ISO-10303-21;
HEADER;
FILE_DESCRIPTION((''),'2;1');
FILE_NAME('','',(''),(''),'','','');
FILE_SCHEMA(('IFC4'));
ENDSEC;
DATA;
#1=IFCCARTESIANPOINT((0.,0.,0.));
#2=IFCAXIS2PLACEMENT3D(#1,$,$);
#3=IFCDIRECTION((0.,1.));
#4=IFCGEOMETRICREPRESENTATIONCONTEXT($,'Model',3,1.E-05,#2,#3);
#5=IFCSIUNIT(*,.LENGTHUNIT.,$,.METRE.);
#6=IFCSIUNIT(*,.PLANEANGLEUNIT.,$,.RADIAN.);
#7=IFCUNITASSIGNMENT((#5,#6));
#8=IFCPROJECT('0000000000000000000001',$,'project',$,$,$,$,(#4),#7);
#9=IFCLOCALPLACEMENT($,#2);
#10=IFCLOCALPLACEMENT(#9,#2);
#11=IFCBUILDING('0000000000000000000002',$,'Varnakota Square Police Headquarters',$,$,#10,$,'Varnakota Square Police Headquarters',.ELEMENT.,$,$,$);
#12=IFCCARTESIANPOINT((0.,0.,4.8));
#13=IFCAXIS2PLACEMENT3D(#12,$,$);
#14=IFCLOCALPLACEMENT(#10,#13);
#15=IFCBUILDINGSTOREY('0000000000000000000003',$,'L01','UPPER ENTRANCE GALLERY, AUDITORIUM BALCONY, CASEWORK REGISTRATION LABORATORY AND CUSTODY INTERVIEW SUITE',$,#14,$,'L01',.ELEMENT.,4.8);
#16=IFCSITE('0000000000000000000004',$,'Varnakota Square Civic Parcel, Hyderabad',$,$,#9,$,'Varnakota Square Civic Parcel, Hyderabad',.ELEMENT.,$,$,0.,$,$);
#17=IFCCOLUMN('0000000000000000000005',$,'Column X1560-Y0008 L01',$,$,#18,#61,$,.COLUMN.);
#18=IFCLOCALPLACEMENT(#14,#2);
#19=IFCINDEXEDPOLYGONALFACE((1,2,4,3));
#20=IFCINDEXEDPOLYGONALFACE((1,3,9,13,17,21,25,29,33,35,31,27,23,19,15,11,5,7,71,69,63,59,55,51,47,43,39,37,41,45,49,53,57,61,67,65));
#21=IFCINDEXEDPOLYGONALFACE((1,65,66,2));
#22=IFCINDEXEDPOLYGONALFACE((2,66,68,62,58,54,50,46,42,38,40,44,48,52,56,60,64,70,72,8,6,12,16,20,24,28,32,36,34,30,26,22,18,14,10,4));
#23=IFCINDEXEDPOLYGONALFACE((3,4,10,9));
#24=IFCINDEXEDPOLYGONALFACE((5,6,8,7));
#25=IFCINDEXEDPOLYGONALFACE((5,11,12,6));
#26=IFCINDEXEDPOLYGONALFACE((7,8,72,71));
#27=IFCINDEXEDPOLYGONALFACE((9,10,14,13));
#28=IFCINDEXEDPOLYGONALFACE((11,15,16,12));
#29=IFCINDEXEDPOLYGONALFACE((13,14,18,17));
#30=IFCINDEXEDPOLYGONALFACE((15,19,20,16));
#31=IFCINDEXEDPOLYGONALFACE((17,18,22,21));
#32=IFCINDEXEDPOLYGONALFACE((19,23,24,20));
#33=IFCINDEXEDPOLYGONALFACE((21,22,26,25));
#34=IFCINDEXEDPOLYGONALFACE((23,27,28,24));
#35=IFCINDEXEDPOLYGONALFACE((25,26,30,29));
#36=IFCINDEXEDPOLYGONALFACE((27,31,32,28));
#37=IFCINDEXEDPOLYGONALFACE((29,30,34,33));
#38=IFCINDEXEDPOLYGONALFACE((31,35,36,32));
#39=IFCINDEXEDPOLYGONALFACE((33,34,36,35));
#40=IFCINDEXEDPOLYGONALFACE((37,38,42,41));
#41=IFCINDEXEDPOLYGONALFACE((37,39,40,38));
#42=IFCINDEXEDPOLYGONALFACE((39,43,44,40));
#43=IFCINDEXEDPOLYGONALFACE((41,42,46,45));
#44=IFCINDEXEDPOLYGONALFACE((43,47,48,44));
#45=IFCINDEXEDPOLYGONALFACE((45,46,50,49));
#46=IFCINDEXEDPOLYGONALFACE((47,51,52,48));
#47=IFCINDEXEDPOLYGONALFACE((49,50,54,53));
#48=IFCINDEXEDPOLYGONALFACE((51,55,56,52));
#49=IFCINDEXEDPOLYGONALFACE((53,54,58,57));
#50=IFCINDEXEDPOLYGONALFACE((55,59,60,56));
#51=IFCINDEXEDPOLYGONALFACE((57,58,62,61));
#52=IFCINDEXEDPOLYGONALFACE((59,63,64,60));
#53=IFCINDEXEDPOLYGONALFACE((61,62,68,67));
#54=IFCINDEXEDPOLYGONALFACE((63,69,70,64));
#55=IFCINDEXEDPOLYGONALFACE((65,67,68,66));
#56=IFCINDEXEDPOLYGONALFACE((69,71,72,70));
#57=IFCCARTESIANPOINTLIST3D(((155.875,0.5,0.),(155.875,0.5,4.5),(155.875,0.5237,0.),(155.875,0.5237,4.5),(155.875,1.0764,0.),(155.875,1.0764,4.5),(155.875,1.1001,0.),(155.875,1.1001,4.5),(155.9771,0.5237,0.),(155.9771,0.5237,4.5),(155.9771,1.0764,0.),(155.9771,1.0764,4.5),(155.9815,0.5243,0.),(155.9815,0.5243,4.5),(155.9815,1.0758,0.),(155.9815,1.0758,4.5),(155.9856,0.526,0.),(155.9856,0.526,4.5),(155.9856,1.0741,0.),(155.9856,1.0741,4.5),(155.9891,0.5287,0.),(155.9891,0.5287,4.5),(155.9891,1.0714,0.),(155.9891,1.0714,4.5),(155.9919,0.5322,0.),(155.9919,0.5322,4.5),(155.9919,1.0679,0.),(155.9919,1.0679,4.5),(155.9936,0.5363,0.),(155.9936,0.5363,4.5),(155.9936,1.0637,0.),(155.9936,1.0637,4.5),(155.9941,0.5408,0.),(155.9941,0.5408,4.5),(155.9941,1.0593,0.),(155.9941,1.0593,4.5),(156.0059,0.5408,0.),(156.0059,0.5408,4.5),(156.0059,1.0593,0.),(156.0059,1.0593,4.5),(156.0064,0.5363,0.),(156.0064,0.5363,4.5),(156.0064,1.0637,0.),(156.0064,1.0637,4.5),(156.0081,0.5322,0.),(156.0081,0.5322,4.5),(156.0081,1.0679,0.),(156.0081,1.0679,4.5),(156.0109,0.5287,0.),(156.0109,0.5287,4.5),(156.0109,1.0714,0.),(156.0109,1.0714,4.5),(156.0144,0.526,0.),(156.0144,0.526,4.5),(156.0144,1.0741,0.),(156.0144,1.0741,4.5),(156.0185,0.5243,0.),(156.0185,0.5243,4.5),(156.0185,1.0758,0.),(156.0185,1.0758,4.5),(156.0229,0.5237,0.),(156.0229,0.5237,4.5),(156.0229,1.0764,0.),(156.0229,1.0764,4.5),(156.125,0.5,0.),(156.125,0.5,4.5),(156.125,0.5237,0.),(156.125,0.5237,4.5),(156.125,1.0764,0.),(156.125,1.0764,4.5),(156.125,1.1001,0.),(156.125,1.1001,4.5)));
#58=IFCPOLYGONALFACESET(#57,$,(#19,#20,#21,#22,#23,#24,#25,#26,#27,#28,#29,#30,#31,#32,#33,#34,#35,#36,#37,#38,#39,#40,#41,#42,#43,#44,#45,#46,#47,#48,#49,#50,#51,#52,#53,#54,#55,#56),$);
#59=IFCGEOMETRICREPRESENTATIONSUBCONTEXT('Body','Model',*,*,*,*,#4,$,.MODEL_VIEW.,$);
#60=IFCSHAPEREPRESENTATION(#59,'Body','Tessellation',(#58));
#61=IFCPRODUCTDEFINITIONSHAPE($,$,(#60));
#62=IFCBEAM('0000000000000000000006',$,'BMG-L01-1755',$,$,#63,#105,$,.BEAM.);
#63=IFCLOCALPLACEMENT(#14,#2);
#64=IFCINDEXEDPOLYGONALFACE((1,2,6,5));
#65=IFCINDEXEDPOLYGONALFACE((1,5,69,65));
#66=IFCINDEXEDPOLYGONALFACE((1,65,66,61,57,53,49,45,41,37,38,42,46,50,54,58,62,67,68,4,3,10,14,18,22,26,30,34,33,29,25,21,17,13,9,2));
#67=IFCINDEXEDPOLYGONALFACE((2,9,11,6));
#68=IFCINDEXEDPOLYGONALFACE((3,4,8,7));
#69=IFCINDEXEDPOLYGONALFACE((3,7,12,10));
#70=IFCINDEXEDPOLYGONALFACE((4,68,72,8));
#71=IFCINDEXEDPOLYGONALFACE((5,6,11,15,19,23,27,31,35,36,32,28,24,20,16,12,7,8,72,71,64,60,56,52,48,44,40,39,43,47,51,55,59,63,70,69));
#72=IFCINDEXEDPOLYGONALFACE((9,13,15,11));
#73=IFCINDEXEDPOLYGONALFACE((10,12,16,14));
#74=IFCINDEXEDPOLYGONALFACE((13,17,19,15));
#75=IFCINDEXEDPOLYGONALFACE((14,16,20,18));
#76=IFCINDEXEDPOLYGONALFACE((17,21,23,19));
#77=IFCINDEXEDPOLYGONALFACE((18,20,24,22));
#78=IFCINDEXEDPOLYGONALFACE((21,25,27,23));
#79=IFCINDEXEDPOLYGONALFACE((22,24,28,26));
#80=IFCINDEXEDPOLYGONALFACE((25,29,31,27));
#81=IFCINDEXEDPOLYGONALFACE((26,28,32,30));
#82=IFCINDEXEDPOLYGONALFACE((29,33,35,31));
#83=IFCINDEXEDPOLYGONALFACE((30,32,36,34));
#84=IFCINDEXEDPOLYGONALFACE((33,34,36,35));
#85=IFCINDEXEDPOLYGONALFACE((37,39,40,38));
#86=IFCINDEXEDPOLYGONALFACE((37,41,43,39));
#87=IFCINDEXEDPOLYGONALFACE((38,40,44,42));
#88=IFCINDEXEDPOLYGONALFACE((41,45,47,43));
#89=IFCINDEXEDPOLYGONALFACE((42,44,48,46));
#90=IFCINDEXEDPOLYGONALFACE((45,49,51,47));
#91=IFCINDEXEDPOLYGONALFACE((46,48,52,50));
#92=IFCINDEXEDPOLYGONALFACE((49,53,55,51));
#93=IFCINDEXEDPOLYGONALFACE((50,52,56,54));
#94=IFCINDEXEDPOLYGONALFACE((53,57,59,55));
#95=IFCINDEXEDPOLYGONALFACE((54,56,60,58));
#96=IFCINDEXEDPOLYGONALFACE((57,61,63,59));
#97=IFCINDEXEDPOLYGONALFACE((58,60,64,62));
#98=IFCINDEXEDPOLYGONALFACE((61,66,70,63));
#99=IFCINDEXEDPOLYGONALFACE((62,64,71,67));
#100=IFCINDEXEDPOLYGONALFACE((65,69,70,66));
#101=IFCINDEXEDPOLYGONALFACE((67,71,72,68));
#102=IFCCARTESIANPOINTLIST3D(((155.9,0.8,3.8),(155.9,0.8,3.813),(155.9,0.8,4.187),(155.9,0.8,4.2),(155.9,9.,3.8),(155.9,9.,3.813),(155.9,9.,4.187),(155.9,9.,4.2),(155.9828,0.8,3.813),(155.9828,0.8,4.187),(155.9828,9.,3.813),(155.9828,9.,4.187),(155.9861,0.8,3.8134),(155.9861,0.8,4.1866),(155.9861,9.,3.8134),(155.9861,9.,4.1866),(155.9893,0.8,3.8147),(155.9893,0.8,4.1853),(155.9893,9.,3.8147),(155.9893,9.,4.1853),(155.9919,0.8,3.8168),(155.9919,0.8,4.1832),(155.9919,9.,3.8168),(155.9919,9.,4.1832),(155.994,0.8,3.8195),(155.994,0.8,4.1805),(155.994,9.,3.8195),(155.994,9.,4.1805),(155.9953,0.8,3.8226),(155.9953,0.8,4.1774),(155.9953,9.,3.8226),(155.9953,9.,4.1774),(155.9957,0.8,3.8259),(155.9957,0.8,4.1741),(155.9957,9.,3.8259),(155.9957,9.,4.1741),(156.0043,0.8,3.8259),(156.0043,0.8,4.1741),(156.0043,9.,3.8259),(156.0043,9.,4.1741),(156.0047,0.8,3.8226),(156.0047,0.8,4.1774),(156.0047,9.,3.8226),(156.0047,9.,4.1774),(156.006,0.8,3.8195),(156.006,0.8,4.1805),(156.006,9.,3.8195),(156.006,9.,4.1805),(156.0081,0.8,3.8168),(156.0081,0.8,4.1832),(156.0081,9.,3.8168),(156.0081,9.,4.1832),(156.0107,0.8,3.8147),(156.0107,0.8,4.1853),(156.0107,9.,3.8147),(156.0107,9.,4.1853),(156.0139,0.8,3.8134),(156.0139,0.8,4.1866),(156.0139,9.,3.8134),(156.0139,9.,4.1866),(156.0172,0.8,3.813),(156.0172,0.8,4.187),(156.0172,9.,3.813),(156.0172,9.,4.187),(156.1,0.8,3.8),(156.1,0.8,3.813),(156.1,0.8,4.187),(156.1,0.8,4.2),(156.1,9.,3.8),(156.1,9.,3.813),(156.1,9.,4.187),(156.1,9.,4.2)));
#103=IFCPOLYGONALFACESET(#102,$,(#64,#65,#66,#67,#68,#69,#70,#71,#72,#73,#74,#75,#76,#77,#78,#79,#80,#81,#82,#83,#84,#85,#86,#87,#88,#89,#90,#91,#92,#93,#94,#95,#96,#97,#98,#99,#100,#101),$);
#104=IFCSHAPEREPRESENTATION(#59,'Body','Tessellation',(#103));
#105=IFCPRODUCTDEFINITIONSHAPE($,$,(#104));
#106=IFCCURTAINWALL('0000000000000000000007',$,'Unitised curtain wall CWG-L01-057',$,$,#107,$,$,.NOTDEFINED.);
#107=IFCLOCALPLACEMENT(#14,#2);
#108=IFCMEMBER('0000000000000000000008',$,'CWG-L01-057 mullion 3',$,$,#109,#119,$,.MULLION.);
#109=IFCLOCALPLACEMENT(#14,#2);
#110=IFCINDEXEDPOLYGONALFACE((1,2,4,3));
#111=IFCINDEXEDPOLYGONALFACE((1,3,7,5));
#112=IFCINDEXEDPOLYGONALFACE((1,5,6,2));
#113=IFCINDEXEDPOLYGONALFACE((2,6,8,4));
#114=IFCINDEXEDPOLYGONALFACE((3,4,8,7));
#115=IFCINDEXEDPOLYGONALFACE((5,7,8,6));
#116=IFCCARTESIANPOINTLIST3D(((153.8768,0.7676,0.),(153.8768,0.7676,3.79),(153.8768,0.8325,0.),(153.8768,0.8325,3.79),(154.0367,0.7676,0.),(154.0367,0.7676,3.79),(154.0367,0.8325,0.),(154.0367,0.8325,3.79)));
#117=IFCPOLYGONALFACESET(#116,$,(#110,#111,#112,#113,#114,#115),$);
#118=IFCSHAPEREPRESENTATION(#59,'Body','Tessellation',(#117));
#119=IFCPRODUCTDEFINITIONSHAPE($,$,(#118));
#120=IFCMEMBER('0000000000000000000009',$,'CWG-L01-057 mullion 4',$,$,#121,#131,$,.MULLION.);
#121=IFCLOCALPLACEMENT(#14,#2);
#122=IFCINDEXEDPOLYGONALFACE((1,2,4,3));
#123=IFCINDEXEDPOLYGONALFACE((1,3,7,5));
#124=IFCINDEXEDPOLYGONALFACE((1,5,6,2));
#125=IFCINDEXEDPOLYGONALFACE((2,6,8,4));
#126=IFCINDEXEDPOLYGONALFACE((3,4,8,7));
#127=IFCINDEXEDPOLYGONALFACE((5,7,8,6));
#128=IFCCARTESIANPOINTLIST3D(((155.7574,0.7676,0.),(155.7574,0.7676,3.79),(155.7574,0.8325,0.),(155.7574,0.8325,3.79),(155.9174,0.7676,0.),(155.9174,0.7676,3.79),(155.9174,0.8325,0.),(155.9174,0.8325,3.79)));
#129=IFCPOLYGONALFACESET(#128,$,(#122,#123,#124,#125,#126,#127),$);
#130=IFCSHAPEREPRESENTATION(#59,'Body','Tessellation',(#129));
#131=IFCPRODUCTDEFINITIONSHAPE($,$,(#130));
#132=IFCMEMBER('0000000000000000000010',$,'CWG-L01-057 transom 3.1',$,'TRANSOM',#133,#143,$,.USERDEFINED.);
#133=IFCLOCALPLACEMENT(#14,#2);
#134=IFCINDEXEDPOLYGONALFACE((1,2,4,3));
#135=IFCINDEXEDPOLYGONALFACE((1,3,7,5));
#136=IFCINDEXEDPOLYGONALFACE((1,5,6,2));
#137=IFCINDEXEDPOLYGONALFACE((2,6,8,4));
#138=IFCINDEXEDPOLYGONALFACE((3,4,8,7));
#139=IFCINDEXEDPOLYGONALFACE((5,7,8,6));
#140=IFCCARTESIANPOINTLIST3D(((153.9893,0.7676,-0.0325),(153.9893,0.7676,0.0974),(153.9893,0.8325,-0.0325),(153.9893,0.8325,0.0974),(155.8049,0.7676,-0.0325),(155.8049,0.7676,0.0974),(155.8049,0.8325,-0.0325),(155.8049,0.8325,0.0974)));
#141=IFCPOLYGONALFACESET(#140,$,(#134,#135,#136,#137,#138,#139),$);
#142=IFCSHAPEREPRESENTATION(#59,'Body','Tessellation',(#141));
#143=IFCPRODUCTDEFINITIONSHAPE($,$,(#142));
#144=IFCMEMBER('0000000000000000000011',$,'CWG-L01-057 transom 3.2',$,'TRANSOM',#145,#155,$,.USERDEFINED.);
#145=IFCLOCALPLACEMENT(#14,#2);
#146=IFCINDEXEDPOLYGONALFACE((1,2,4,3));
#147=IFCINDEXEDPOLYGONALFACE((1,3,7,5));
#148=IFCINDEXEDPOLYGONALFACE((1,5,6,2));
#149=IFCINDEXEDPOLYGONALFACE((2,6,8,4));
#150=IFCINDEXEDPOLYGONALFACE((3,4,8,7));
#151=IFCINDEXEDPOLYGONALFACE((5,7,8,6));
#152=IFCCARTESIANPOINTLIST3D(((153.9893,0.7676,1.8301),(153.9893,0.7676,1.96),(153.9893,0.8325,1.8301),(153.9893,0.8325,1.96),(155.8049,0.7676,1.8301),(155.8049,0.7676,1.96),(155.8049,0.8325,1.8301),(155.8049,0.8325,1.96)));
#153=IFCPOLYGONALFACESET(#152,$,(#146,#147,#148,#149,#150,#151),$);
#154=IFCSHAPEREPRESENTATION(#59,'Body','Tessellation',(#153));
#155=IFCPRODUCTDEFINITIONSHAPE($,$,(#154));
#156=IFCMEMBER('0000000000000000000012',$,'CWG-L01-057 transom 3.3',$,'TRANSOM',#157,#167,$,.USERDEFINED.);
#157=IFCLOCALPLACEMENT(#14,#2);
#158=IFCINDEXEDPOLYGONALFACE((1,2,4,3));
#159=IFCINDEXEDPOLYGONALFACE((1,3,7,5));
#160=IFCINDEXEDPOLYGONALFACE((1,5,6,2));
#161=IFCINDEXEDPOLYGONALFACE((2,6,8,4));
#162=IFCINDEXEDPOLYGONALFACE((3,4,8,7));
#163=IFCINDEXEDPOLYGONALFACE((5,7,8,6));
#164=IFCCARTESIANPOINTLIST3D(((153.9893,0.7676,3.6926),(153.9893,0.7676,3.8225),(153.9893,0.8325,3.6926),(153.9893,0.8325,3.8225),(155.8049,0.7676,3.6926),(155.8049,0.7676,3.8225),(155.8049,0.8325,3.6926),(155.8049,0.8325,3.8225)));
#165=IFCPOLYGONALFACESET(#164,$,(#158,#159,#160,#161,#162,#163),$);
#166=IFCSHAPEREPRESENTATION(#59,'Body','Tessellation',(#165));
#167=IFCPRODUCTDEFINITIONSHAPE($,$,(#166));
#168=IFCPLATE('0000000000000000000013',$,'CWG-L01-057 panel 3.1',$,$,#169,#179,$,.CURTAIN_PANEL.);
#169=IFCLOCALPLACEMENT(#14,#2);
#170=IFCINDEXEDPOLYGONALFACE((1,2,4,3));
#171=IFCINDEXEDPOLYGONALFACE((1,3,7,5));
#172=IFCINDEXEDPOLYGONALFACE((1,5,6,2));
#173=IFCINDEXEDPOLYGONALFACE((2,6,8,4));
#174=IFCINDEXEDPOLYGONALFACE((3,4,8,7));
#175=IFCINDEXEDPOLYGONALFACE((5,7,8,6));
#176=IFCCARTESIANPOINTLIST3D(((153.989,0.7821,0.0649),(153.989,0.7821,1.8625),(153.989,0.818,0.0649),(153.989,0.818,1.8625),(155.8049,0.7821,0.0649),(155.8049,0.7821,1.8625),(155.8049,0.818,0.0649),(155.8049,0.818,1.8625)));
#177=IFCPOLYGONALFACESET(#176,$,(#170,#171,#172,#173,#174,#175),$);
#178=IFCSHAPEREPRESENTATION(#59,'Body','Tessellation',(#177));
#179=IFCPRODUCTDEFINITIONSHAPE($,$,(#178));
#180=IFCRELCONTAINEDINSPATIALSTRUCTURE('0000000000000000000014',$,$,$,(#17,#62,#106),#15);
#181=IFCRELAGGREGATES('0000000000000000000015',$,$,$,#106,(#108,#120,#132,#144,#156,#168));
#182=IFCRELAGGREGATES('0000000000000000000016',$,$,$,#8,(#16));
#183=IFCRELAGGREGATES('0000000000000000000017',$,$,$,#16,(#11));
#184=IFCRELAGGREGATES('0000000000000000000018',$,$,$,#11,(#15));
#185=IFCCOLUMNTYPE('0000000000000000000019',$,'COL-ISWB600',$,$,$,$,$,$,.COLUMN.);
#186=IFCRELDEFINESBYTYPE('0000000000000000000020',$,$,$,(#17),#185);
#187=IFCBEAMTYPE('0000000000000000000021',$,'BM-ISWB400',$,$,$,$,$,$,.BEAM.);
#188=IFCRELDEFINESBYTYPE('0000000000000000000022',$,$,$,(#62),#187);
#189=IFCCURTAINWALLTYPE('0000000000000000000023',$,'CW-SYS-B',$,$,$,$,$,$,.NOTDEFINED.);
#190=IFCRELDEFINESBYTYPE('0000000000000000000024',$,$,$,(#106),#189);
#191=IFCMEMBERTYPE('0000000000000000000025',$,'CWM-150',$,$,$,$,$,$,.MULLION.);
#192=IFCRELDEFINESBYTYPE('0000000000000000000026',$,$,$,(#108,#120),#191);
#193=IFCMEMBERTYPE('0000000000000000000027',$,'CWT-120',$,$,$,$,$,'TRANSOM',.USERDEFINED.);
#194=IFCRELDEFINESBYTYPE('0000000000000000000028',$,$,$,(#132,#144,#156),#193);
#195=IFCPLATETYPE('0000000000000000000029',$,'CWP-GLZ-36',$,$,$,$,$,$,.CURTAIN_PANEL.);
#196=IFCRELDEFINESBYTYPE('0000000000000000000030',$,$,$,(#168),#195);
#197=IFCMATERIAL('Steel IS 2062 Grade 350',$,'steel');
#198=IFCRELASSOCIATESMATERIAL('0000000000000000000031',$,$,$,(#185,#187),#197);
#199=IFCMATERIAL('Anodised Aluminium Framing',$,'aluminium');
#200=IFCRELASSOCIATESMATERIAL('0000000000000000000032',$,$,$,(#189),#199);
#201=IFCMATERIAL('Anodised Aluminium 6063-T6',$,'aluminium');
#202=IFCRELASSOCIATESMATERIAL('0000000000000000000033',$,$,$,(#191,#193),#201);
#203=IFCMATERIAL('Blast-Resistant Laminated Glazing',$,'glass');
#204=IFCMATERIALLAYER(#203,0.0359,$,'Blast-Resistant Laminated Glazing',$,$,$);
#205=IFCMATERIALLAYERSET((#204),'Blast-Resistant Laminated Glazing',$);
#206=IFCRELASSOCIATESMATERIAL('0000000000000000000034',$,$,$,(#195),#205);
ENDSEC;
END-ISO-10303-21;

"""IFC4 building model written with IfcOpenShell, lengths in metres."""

from ifc_helpers import new_model, si_unit, direction, frame, origin, origin_2d, place, context, subcontext, project, spatial, rectangle, i_section, extrude, material, layer, layer_set, material_profile, profile_set, type_object, element, aggregate, save


model = new_model("IFC4")

# Units and contexts
model_context = context("Model", 3, precision=1e-05, world=origin(), true_north=direction((0.0, 1.0)))
body_context = subcontext(model_context, "Body", "Model", "MODEL_VIEW")
ifc_project = project(units=[si_unit("LENGTHUNIT", "METRE"), si_unit("PLANEANGLEUNIT", "RADIAN")], contexts=[model_context])

# Site, building, storey
site_placement = place(None, origin())
site = spatial("IfcSite", under=ifc_project, at=site_placement, Name="Varnakota Square Civic Parcel, Hyderabad", LongName="Varnakota Square Civic Parcel, Hyderabad", CompositionType="ELEMENT", RefElevation=0.0)
building_placement = place(site_placement, origin())
building = spatial("IfcBuilding", under=site, at=building_placement, Name="Varnakota Square Police Headquarters", LongName="Varnakota Square Police Headquarters", CompositionType="ELEMENT")
storey_placement = place(building_placement, frame((0.0, 0.0, 4.8)))
storey = spatial("IfcBuildingStorey", under=building, at=storey_placement, Name="L01", Description="UPPER ENTRANCE GALLERY, AUDITORIUM BALCONY, CASEWORK REGISTRATION LABORATORY AND CUSTODY INTERVIEW SUITE", LongName="L01", CompositionType="ELEMENT", Elevation=4.8)

# Column
ifc_material_1 = material(Name="Steel IS 2062 Grade 350", Category="steel")
ifc_material_profile_1 = material_profile(ifc_material_1, i_section(OverallWidth=0.25, OverallDepth=0.6001, WebThickness=0.0117, FlangeThickness=0.0237, FilletRadius=0.0171, at=origin_2d()), Name="ISWB 600")
ifc_profile_set_1 = profile_set([ifc_material_profile_1], Name="Steel IS 2062 Grade 350")
column_type = type_object("IfcColumnType", Name="COL-ISWB600", PredefinedType="COLUMN", material=ifc_profile_set_1)
column_placement = place(storey_placement, frame((156.0, 0.8, 0.0), z_axis=(0.0, 0.0, 1.0), x_axis=(1.0, 0.0, 0.0)))
element("IfcColumn", 1, at=column_placement, inside=storey, type_object=column_type, Name="Column X1560-Y0008 L01", PredefinedType="COLUMN", context=body_context, shape_type="SweptSolid", body=[
    extrude(i_section(OverallWidth=0.25, OverallDepth=0.6001, WebThickness=0.0117, FlangeThickness=0.0237, FilletRadius=0.0171, at=origin_2d()), origin(), (0.0, 0.0, 1.0), 4.5),
])

# Beam
ifc_material_profile_2 = material_profile(ifc_material_1, i_section(OverallWidth=0.2, OverallDepth=0.3999, WebThickness=0.0085, FlangeThickness=0.0129, FilletRadius=0.0129, at=origin_2d()), Name="ISWB 400")
ifc_profile_set_2 = profile_set([ifc_material_profile_2], Name="Steel IS 2062 Grade 350")
beam_type = type_object("IfcBeamType", Name="BM-ISWB400", PredefinedType="BEAM", material=ifc_profile_set_2)
beam_placement = place(storey_placement, frame((156.0, 0.8, 4.0), z_axis=(0.0, 1.0, 0.0), x_axis=(-1.0, 0.0, 0.0)))
element("IfcBeam", 2, at=beam_placement, inside=storey, type_object=beam_type, Name="BMG-L01-1755", PredefinedType="BEAM", context=body_context, shape_type="SweptSolid", body=[
    extrude(i_section(OverallWidth=0.2, OverallDepth=0.3999, WebThickness=0.0085, FlangeThickness=0.0129, FilletRadius=0.0129, at=origin_2d()), origin(), (0.0, 0.0, 1.0), 8.2),
])

# Curtain wall, members, plate
ifc_material_2 = material(Name="Anodised Aluminium Framing", Category="aluminium")
curtain_wall_type = type_object("IfcCurtainWallType", Name="CW-SYS-B", PredefinedType="NOTDEFINED", material=ifc_material_2)
curtain_wall_placement = place(storey_placement, origin())
curtain_wall = element("IfcCurtainWall", 3, at=curtain_wall_placement, inside=storey, type_object=curtain_wall_type, Name="Unitised curtain wall CWG-L01-057", PredefinedType="NOTDEFINED")
ifc_material_3 = material(Name="Anodised Aluminium 6063-T6", Category="aluminium")
ifc_material_profile_3 = material_profile(ifc_material_3, rectangle(XDim=0.0649, YDim=0.1599, at=origin_2d()), Name="ALU MULLION 65x160")
ifc_profile_set_3 = profile_set([ifc_material_profile_3], Name="Anodised Aluminium 6063-T6")
member_type_1 = type_object("IfcMemberType", Name="CWM-150", PredefinedType="MULLION", material=ifc_profile_set_3)
member_1_placement = place(storey_placement, frame((153.9568, 0.8, 0.0), z_axis=(0.0, 0.0, 1.0), x_axis=(0.0, 1.0, 0.0)))
member_1 = element("IfcMember", 4, at=member_1_placement, type_object=member_type_1, Name="CWG-L01-057 mullion 3", PredefinedType="MULLION", context=body_context, shape_type="SweptSolid", body=[
    extrude(rectangle(XDim=0.0649, YDim=0.1599, at=origin_2d()), origin(), (0.0, 0.0, 1.0), 3.79),
])
member_2_placement = place(storey_placement, frame((155.8374, 0.8, 0.0), z_axis=(0.0, 0.0, 1.0), x_axis=(0.0, 1.0, 0.0)))
member_2 = element("IfcMember", 5, at=member_2_placement, type_object=member_type_1, Name="CWG-L01-057 mullion 4", PredefinedType="MULLION", context=body_context, shape_type="SweptSolid", body=[
    extrude(rectangle(XDim=0.0649, YDim=0.1599, at=origin_2d()), origin(), (0.0, 0.0, 1.0), 3.79),
])
ifc_material_profile_4 = material_profile(ifc_material_3, rectangle(XDim=0.0649, YDim=0.1299, at=origin_2d()), Name="ALU TRANSOM 65x130")
ifc_profile_set_4 = profile_set([ifc_material_profile_4], Name="Anodised Aluminium 6063-T6")
member_type_2 = type_object("IfcMemberType", Name="CWT-120", ElementType="TRANSOM", PredefinedType="USERDEFINED", material=ifc_profile_set_4)
member_3_placement = place(storey_placement, frame((153.9893, 0.8, 0.0325), z_axis=(1.0, 0.0, 0.0), x_axis=(0.0, 1.0, 0.0)))
member_3 = element("IfcMember", 6, at=member_3_placement, type_object=member_type_2, Name="CWG-L01-057 transom 3.1", ObjectType="TRANSOM", PredefinedType="USERDEFINED", context=body_context, shape_type="SweptSolid", body=[
    extrude(rectangle(XDim=0.0649, YDim=0.1299, at=origin_2d()), origin(), (0.0, 0.0, 1.0), 1.8157),
])
member_4_placement = place(storey_placement, frame((153.9893, 0.8, 1.895), z_axis=(1.0, 0.0, 0.0), x_axis=(0.0, 1.0, 0.0)))
member_4 = element("IfcMember", 7, at=member_4_placement, type_object=member_type_2, Name="CWG-L01-057 transom 3.2", ObjectType="TRANSOM", PredefinedType="USERDEFINED", context=body_context, shape_type="SweptSolid", body=[
    extrude(rectangle(XDim=0.0649, YDim=0.1299, at=origin_2d()), origin(), (0.0, 0.0, 1.0), 1.8157),
])
member_5_placement = place(storey_placement, frame((153.9893, 0.8, 3.7576), z_axis=(1.0, 0.0, 0.0), x_axis=(0.0, 1.0, 0.0)))
member_5 = element("IfcMember", 8, at=member_5_placement, type_object=member_type_2, Name="CWG-L01-057 transom 3.3", ObjectType="TRANSOM", PredefinedType="USERDEFINED", context=body_context, shape_type="SweptSolid", body=[
    extrude(rectangle(XDim=0.0649, YDim=0.1299, at=origin_2d()), origin(), (0.0, 0.0, 1.0), 1.8157),
])
ifc_material_4 = material(Name="Blast-Resistant Laminated Glazing", Category="glass")
ifc_layer_1 = layer(ifc_material_4, 0.0359, Name="Blast-Resistant Laminated Glazing")
ifc_layer_set_1 = layer_set([ifc_layer_1], Name="Blast-Resistant Laminated Glazing")
plate_type_1 = type_object("IfcPlateType", Name="CWP-GLZ-36", PredefinedType="CURTAIN_PANEL", material=ifc_layer_set_1)
plate_1_placement = place(storey_placement, frame((154.897, 0.8, 0.0649), z_axis=(0.0, 0.0, 1.0), x_axis=(1.0, 0.0, 0.0)))
plate_1 = element("IfcPlate", 9, at=plate_1_placement, type_object=plate_type_1, Name="CWG-L01-057 panel 3.1", PredefinedType="CURTAIN_PANEL", context=body_context, shape_type="SweptSolid", body=[
    extrude(rectangle(XDim=1.8159, YDim=0.0359, at=origin_2d()), origin(), (0.0, 0.0, 1.0), 1.7976),
])
aggregate(curtain_wall, [member_1, member_2, member_3, member_4, member_5, plate_1])

save(model, "model.ifc")
